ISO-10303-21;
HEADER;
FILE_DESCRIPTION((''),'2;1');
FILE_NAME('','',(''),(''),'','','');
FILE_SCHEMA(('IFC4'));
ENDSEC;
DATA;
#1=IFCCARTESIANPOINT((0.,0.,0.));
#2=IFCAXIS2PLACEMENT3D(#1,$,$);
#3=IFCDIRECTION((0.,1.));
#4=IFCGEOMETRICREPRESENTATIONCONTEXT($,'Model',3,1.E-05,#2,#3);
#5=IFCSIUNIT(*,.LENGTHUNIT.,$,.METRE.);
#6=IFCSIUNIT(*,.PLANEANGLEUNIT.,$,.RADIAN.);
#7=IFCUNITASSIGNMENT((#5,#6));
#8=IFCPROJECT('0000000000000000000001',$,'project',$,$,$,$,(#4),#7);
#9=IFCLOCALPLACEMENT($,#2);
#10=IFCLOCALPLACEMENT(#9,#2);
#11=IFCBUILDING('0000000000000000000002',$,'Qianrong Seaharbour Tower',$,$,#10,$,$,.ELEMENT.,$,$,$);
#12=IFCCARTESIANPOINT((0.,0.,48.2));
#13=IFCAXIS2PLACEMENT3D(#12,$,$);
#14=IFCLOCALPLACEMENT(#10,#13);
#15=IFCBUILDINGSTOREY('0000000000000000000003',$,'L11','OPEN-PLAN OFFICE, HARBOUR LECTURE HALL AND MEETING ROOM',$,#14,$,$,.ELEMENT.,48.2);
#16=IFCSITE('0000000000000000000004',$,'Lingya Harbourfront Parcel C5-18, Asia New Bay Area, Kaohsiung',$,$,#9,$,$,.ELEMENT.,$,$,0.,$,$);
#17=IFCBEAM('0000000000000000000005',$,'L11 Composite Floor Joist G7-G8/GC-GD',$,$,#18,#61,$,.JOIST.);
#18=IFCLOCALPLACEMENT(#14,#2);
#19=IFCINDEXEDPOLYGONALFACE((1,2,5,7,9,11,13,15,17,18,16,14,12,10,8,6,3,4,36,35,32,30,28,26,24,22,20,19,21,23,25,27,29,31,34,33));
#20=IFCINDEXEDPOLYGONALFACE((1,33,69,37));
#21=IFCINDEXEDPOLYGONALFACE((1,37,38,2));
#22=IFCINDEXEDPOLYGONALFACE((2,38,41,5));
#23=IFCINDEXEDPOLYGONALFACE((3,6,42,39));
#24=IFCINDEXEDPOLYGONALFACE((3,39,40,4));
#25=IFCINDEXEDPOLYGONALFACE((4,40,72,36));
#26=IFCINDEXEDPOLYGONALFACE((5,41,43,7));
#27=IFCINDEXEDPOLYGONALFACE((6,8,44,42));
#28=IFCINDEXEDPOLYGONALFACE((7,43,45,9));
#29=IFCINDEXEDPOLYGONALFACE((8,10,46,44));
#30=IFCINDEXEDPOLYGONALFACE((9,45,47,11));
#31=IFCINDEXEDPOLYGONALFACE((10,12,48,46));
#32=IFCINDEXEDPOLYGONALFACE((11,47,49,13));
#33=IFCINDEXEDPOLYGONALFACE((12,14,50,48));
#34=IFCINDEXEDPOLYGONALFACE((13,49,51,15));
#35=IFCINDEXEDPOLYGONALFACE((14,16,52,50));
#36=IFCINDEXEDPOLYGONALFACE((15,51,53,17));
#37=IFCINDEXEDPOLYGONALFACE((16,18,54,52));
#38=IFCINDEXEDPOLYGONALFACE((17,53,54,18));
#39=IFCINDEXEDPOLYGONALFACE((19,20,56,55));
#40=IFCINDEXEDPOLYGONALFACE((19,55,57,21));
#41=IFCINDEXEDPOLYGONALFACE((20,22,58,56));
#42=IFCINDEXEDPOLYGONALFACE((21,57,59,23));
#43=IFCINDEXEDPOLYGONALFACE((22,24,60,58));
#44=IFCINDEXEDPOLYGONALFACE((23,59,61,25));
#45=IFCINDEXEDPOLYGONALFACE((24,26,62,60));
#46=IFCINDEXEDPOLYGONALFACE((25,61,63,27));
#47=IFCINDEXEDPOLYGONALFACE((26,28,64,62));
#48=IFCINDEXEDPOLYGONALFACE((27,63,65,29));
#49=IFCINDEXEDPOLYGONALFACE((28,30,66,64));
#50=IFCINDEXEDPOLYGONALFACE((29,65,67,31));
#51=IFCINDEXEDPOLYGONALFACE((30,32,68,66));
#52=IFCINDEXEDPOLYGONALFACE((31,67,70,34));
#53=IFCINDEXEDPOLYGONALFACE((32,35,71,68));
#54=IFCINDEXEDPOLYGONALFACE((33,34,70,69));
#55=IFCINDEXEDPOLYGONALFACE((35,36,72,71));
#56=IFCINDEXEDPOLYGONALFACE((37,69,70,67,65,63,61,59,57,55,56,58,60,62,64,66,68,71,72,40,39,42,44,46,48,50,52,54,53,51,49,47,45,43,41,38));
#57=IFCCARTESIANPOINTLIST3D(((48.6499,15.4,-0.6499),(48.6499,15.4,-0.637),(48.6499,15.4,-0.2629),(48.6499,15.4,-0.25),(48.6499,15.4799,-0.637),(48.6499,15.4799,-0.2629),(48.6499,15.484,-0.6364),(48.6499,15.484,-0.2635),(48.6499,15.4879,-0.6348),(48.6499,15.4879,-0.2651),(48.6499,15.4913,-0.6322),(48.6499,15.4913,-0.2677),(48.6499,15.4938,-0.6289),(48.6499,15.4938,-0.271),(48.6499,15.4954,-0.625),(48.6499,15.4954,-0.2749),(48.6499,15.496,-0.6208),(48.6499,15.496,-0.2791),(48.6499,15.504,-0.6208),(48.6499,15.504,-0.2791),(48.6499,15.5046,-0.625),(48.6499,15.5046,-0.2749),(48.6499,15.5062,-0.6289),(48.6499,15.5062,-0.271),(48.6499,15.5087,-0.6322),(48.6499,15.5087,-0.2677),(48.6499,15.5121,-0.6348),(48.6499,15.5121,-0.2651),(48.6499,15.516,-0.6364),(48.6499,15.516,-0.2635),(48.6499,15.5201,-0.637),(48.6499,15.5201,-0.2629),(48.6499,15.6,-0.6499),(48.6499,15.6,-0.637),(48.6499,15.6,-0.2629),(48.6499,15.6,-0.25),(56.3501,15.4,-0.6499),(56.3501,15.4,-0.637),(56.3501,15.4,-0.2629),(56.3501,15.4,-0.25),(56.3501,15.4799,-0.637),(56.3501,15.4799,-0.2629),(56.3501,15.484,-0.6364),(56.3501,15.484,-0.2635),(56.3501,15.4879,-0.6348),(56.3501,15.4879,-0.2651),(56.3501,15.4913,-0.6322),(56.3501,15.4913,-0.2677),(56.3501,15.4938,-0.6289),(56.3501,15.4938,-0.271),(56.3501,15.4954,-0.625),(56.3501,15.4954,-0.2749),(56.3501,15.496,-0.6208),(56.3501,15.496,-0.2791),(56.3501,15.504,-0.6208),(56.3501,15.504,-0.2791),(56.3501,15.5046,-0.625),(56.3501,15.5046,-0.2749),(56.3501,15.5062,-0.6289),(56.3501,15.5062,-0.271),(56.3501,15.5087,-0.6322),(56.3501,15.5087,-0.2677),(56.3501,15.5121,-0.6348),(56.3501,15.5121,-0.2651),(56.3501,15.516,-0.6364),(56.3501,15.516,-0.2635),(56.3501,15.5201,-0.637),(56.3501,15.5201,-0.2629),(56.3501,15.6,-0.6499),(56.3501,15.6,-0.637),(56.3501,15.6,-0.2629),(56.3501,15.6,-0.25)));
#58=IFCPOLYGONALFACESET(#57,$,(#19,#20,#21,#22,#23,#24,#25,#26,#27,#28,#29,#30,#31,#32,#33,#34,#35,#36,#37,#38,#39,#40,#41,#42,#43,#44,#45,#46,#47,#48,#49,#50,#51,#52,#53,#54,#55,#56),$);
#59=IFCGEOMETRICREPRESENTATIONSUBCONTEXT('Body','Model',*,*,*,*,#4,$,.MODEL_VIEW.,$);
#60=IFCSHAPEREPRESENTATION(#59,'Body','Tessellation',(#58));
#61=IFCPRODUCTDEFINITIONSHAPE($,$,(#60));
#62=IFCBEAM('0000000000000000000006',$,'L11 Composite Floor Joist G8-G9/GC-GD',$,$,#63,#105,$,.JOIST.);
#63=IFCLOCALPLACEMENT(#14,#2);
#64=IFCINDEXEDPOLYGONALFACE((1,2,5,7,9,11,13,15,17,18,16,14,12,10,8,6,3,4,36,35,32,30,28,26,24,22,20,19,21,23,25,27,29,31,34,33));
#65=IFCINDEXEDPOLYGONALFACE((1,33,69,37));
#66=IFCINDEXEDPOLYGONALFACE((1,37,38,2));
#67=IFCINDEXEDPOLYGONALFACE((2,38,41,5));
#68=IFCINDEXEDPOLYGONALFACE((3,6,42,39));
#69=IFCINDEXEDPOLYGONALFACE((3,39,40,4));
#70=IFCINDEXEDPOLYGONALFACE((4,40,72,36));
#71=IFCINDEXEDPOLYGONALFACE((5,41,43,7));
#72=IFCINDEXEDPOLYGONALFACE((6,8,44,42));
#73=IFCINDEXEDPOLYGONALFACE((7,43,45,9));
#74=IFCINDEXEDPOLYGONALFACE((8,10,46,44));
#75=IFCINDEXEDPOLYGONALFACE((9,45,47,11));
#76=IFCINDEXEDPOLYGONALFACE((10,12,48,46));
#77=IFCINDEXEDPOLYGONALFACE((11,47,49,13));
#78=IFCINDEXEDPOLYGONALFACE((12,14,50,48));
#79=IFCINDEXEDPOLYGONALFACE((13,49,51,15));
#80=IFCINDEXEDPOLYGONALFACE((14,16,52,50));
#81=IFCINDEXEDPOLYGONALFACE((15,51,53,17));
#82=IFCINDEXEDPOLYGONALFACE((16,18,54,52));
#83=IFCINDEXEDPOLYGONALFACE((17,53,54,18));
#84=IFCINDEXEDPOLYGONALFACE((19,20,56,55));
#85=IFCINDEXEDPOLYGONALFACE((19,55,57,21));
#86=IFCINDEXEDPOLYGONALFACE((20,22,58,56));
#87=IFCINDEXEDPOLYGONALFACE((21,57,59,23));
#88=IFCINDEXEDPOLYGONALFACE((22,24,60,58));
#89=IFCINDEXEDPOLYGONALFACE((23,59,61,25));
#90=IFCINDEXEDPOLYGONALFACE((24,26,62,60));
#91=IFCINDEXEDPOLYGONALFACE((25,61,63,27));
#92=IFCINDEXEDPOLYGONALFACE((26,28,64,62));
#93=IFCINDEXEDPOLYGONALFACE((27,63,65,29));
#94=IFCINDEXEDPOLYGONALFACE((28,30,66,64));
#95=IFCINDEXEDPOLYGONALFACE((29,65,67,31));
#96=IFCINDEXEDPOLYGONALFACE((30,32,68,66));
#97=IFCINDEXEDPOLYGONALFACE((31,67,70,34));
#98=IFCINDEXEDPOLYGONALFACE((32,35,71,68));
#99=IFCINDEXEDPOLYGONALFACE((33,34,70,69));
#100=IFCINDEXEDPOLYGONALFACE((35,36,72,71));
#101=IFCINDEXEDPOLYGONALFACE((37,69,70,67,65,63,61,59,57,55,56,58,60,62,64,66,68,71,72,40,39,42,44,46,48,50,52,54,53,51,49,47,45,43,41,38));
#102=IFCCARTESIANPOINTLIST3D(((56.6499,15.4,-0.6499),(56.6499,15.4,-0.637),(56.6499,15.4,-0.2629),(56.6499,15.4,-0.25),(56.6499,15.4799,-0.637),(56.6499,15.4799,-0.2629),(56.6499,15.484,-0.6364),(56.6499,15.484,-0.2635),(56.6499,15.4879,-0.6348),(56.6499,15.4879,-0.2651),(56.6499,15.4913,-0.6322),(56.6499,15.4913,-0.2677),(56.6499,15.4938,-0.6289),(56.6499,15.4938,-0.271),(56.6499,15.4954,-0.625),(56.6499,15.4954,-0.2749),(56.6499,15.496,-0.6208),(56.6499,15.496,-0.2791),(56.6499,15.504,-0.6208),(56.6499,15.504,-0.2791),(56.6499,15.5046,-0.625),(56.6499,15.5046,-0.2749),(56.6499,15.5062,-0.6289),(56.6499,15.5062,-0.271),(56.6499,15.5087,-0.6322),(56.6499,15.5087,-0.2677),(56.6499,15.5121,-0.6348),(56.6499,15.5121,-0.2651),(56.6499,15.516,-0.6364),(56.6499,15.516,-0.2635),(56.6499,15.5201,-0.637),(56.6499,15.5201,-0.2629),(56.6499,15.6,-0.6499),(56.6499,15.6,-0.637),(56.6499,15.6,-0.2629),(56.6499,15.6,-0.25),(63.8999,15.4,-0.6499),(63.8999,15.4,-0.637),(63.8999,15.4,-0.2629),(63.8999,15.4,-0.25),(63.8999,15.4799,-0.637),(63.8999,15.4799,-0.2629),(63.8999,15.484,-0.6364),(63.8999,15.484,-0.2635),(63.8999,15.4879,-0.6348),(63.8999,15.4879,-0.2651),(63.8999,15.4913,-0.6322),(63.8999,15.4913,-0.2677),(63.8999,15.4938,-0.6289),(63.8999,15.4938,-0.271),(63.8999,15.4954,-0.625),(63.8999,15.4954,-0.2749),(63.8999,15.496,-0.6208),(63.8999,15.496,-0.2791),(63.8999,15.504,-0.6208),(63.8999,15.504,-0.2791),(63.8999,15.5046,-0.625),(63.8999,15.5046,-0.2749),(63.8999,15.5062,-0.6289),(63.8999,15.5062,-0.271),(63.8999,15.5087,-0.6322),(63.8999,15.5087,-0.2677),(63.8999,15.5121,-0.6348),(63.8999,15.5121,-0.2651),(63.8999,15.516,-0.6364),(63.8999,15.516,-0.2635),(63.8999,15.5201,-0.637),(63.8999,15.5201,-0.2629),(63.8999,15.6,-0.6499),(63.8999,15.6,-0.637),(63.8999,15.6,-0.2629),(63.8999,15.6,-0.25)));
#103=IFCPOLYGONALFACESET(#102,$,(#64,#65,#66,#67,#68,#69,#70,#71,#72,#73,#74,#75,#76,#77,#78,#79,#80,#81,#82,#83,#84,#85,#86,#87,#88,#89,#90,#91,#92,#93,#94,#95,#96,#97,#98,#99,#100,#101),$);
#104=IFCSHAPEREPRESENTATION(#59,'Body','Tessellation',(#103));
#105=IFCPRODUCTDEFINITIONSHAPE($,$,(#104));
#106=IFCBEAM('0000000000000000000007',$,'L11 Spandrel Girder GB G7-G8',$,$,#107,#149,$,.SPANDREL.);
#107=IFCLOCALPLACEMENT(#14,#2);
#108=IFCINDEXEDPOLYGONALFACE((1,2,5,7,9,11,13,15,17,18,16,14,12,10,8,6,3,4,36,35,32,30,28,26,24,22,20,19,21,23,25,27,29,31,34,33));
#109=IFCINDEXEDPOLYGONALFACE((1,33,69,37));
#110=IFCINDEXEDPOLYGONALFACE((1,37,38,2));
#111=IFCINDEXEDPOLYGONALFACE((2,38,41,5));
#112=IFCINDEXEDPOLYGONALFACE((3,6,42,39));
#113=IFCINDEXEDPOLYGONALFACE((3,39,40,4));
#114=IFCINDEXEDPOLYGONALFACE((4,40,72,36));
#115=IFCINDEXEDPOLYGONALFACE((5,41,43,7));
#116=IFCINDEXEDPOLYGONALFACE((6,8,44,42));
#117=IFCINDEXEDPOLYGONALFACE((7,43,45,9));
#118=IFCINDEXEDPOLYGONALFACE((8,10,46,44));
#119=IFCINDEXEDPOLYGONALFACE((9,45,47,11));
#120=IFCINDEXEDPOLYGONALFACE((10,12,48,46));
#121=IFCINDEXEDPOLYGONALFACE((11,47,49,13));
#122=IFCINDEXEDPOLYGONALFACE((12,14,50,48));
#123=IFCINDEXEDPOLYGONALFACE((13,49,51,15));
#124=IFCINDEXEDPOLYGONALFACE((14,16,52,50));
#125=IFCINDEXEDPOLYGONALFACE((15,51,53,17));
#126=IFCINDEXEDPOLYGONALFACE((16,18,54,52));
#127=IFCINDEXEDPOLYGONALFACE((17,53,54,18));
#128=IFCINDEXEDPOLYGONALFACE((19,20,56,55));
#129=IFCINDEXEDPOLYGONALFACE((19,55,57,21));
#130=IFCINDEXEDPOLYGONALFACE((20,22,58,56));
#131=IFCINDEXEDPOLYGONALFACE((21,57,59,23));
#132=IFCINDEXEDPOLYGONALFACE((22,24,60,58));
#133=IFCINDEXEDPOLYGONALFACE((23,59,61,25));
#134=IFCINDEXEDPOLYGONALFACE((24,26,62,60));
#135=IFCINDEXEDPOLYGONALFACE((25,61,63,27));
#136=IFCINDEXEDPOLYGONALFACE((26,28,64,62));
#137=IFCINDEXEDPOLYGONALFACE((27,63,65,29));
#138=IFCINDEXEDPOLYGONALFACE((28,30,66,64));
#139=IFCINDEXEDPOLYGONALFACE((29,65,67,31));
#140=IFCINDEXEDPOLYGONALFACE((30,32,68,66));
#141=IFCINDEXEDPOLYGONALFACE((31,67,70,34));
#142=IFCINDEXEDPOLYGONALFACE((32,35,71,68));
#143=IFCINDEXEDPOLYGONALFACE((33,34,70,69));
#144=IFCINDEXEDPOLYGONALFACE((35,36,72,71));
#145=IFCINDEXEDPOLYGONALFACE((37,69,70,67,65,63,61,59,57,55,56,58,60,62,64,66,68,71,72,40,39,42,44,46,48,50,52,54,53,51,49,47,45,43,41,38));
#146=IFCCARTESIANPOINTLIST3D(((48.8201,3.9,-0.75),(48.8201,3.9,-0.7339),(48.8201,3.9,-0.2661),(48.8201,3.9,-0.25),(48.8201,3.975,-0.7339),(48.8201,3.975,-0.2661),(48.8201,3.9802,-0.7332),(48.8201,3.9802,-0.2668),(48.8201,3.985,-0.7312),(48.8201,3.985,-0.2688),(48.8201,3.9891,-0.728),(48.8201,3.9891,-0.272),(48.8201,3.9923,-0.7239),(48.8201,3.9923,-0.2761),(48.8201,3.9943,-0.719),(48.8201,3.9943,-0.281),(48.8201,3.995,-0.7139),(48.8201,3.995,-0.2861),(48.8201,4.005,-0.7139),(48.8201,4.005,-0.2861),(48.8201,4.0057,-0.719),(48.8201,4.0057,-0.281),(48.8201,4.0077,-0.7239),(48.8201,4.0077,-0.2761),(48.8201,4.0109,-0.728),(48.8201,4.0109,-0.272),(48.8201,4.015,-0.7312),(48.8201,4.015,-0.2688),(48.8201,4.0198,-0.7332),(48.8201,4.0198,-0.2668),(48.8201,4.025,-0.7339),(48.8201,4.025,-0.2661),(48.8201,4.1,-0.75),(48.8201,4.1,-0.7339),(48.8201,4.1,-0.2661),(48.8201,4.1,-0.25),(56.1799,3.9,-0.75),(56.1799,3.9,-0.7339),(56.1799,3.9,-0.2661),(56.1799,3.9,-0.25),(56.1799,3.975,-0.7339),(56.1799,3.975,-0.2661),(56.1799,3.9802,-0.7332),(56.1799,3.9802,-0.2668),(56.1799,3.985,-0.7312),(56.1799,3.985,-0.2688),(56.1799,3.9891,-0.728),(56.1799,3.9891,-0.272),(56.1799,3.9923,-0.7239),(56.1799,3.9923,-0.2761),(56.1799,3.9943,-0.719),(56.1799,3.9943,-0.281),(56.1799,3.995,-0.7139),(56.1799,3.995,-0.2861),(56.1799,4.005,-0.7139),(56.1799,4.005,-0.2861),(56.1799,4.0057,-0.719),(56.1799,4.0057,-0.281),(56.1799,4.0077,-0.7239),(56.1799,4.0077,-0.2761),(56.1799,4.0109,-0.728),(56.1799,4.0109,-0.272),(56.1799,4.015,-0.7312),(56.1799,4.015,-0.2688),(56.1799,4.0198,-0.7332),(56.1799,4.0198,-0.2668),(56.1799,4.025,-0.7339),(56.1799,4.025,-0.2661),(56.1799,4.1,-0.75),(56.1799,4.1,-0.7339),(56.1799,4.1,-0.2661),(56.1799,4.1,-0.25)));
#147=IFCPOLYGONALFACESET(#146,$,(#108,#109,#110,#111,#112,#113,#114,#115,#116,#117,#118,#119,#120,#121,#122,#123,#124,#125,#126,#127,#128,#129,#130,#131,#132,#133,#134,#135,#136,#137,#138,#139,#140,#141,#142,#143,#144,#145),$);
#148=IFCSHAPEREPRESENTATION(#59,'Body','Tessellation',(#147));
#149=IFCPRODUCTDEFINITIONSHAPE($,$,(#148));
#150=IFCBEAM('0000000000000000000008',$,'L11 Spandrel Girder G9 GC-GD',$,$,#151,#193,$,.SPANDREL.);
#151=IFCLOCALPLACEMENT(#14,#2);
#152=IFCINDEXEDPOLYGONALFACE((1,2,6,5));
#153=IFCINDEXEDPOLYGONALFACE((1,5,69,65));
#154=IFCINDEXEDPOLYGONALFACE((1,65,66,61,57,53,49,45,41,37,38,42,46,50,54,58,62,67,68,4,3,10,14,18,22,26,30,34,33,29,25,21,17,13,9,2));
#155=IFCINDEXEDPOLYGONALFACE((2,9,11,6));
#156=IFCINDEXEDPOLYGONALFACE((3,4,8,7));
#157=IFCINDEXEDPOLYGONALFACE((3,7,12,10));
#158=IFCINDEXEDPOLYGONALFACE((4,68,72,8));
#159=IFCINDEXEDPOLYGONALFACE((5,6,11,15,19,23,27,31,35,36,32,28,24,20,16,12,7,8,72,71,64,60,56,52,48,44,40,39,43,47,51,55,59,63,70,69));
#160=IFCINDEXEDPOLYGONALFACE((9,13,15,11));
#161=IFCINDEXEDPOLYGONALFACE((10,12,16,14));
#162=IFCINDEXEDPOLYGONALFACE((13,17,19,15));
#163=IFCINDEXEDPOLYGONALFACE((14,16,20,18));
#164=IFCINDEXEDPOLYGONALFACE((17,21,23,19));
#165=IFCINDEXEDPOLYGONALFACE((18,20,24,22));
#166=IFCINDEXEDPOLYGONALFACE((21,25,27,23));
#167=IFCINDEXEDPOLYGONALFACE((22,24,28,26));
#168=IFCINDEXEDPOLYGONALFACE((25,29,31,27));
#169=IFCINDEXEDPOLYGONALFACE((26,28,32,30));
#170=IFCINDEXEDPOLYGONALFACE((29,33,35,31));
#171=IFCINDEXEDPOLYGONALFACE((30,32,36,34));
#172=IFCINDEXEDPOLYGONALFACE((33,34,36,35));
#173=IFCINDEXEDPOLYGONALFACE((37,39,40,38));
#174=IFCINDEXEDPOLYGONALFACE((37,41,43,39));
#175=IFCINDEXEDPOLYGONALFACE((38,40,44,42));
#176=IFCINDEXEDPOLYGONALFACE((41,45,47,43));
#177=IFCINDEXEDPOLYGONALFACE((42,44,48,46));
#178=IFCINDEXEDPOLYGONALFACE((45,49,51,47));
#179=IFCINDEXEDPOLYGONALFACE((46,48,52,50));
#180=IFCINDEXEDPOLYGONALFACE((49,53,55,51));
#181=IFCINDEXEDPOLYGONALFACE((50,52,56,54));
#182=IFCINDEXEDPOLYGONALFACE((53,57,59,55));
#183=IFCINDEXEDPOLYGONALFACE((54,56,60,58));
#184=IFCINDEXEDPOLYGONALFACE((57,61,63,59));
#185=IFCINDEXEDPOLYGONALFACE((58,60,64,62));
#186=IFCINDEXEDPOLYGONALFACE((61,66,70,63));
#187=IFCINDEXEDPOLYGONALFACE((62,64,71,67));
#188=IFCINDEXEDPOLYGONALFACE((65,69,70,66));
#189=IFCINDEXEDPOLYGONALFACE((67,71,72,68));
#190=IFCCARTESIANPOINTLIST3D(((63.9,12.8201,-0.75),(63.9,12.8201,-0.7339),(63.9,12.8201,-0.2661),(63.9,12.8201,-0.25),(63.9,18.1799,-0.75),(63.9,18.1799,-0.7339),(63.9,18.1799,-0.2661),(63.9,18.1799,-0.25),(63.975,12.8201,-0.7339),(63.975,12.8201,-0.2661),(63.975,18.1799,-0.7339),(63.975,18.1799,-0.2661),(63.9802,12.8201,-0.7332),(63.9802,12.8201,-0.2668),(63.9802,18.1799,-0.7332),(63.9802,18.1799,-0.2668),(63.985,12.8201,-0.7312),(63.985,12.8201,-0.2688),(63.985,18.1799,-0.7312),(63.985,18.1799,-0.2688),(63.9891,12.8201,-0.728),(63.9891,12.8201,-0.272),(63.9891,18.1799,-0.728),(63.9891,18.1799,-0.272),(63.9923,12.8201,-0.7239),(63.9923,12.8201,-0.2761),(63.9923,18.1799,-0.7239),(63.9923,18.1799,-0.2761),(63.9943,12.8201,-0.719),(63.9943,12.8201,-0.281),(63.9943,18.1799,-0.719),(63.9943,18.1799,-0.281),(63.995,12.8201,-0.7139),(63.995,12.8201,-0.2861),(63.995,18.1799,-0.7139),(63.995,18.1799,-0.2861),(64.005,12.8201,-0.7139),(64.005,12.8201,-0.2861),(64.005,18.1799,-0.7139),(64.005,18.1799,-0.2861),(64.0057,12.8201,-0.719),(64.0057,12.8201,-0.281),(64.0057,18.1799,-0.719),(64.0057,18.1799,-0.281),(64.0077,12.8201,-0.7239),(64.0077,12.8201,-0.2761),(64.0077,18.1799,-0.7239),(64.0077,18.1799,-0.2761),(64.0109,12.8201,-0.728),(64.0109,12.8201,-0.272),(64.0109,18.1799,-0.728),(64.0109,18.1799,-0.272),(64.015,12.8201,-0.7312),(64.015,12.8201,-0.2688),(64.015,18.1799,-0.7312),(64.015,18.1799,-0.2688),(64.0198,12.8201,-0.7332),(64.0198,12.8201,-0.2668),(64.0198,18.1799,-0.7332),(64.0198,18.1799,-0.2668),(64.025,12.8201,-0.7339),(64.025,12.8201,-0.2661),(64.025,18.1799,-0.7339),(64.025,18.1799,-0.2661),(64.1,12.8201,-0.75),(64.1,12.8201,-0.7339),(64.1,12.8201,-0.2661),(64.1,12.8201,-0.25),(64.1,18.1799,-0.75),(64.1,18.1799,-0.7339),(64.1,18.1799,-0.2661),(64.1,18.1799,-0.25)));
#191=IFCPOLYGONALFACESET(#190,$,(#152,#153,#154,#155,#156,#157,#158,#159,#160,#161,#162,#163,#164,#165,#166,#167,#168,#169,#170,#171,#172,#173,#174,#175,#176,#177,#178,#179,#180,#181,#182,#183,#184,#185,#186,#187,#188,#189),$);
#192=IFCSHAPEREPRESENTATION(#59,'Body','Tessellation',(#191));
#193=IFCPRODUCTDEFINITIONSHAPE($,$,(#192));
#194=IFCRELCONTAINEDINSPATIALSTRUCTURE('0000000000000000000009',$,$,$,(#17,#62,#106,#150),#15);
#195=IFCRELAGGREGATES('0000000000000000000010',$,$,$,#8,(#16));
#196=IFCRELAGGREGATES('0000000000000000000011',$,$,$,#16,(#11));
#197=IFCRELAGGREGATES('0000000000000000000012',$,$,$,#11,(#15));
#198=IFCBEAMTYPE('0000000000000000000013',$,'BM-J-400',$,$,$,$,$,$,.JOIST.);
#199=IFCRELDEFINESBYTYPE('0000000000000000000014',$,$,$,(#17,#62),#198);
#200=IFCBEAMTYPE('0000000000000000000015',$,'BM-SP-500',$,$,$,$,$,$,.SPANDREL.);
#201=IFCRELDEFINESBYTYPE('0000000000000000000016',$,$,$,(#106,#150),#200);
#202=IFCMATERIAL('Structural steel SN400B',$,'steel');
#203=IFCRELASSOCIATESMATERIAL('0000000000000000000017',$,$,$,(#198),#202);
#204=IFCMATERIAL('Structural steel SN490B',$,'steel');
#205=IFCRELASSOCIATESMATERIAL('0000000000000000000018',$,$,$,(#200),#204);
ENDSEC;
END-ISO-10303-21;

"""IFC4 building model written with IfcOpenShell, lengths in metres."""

from ifc_helpers import new_model, si_unit, direction, frame, origin, origin_2d, place, context, subcontext, project, spatial, i_section, extrude, material, material_profile, profile_set, type_object, element, save


model = new_model("IFC4")

# Units and contexts
model_context = context("Model", 3, precision=1e-05, world=origin(), true_north=direction((0.0, 1.0)))
body_context = subcontext(model_context, "Body", "Model", "MODEL_VIEW")
ifc_project = project(units=[si_unit("LENGTHUNIT", "METRE"), si_unit("PLANEANGLEUNIT", "RADIAN")], contexts=[model_context])

# Site, building, storey
site_placement = place(None, origin())
site = spatial("IfcSite", under=ifc_project, at=site_placement, Name="Lingya Harbourfront Parcel C5-18, Asia New Bay Area, Kaohsiung", CompositionType="ELEMENT", RefElevation=0.0)
building_placement = place(site_placement, origin())
building = spatial("IfcBuilding", under=site, at=building_placement, Name="Qianrong Seaharbour Tower", CompositionType="ELEMENT")
storey_placement = place(building_placement, frame((0.0, 0.0, 48.2)))
storey = spatial("IfcBuildingStorey", under=building, at=storey_placement, Name="L11", Description="OPEN-PLAN OFFICE, HARBOUR LECTURE HALL AND MEETING ROOM", CompositionType="ELEMENT", Elevation=48.2)

# Shared definitions
ifc_material_1 = material(Name="Structural steel SN490B", Category="steel")

# Beams
ifc_material_2 = material(Name="Structural steel SN400B", Category="steel")
ifc_material_profile_1 = material_profile(ifc_material_2, i_section(OverallWidth=0.2, OverallDepth=0.3999, WebThickness=0.0081, FlangeThickness=0.0129, FilletRadius=0.0161, at=origin_2d()), Name="H400x200x8x13")
ifc_profile_set_1 = profile_set([ifc_material_profile_1], Name="Structural steel SN400B")
beam_type_1 = type_object("IfcBeamType", Name="BM-J-400", PredefinedType="JOIST", material=ifc_profile_set_1)
for number, where, z_axis, x_axis, name in (
    (1, (48.6499, 15.5, -0.45), (1.0, 0.0, 0.0), (0.0, 1.0, 0.0), "L11 Composite Floor Joist G7-G8/GC-GD"),
):
    element("IfcBeam", number, at=place(storey_placement, frame(where, z_axis=z_axis, x_axis=x_axis)), inside=storey, type_object=beam_type_1, Name=name, PredefinedType="JOIST", context=body_context, shape_type="SweptSolid", body=[
        extrude(i_section(OverallWidth=0.2, OverallDepth=0.3999, WebThickness=0.0081, FlangeThickness=0.0129, FilletRadius=0.0161, at=origin_2d()), origin(), (0.0, 0.0, 1.0), 7.7002),
    ])
beam_1_placement = place(storey_placement, frame((56.6499, 15.5, -0.45), z_axis=(1.0, 0.0, 0.0), x_axis=(0.0, 1.0, 0.0)))
element("IfcBeam", 2, at=beam_1_placement, inside=storey, type_object=beam_type_1, Name="L11 Composite Floor Joist G8-G9/GC-GD", PredefinedType="JOIST", context=body_context, shape_type="SweptSolid", body=[
    extrude(i_section(OverallWidth=0.2, OverallDepth=0.3999, WebThickness=0.0081, FlangeThickness=0.0129, FilletRadius=0.0161, at=origin_2d()), origin(), (0.0, 0.0, 1.0), 7.25),
])
ifc_material_profile_2 = material_profile(ifc_material_1, i_section(OverallWidth=0.2, OverallDepth=0.5, WebThickness=0.01, FlangeThickness=0.0161, FilletRadius=0.02, at=origin_2d()), Name="H500x200x10x16")
ifc_profile_set_2 = profile_set([ifc_material_profile_2], Name="Structural steel SN490B")
beam_type_2 = type_object("IfcBeamType", Name="BM-SP-500", PredefinedType="SPANDREL", material=ifc_profile_set_2)
beam_2_placement = place(storey_placement, frame((48.8201, 4.0, -0.5), z_axis=(1.0, 0.0, 0.0), x_axis=(0.0, 1.0, 0.0)))
element("IfcBeam", 3, at=beam_2_placement, inside=storey, type_object=beam_type_2, Name="L11 Spandrel Girder GB G7-G8", PredefinedType="SPANDREL", context=body_context, shape_type="SweptSolid", body=[
    extrude(i_section(OverallWidth=0.2, OverallDepth=0.5, WebThickness=0.01, FlangeThickness=0.0161, FilletRadius=0.02, at=origin_2d()), origin(), (0.0, 0.0, 1.0), 7.3599),
])
beam_3_placement = place(storey_placement, frame((64.0, 12.8201, -0.5), z_axis=(0.0, 1.0, 0.0), x_axis=(-1.0, 0.0, 0.0)))
element("IfcBeam", 4, at=beam_3_placement, inside=storey, type_object=beam_type_2, Name="L11 Spandrel Girder G9 GC-GD", PredefinedType="SPANDREL", context=body_context, shape_type="SweptSolid", body=[
    extrude(i_section(OverallWidth=0.2, OverallDepth=0.5, WebThickness=0.01, FlangeThickness=0.0161, FilletRadius=0.02, at=origin_2d()), origin(), (0.0, 0.0, 1.0), 5.3599),
])

save(model, "model.ifc")
